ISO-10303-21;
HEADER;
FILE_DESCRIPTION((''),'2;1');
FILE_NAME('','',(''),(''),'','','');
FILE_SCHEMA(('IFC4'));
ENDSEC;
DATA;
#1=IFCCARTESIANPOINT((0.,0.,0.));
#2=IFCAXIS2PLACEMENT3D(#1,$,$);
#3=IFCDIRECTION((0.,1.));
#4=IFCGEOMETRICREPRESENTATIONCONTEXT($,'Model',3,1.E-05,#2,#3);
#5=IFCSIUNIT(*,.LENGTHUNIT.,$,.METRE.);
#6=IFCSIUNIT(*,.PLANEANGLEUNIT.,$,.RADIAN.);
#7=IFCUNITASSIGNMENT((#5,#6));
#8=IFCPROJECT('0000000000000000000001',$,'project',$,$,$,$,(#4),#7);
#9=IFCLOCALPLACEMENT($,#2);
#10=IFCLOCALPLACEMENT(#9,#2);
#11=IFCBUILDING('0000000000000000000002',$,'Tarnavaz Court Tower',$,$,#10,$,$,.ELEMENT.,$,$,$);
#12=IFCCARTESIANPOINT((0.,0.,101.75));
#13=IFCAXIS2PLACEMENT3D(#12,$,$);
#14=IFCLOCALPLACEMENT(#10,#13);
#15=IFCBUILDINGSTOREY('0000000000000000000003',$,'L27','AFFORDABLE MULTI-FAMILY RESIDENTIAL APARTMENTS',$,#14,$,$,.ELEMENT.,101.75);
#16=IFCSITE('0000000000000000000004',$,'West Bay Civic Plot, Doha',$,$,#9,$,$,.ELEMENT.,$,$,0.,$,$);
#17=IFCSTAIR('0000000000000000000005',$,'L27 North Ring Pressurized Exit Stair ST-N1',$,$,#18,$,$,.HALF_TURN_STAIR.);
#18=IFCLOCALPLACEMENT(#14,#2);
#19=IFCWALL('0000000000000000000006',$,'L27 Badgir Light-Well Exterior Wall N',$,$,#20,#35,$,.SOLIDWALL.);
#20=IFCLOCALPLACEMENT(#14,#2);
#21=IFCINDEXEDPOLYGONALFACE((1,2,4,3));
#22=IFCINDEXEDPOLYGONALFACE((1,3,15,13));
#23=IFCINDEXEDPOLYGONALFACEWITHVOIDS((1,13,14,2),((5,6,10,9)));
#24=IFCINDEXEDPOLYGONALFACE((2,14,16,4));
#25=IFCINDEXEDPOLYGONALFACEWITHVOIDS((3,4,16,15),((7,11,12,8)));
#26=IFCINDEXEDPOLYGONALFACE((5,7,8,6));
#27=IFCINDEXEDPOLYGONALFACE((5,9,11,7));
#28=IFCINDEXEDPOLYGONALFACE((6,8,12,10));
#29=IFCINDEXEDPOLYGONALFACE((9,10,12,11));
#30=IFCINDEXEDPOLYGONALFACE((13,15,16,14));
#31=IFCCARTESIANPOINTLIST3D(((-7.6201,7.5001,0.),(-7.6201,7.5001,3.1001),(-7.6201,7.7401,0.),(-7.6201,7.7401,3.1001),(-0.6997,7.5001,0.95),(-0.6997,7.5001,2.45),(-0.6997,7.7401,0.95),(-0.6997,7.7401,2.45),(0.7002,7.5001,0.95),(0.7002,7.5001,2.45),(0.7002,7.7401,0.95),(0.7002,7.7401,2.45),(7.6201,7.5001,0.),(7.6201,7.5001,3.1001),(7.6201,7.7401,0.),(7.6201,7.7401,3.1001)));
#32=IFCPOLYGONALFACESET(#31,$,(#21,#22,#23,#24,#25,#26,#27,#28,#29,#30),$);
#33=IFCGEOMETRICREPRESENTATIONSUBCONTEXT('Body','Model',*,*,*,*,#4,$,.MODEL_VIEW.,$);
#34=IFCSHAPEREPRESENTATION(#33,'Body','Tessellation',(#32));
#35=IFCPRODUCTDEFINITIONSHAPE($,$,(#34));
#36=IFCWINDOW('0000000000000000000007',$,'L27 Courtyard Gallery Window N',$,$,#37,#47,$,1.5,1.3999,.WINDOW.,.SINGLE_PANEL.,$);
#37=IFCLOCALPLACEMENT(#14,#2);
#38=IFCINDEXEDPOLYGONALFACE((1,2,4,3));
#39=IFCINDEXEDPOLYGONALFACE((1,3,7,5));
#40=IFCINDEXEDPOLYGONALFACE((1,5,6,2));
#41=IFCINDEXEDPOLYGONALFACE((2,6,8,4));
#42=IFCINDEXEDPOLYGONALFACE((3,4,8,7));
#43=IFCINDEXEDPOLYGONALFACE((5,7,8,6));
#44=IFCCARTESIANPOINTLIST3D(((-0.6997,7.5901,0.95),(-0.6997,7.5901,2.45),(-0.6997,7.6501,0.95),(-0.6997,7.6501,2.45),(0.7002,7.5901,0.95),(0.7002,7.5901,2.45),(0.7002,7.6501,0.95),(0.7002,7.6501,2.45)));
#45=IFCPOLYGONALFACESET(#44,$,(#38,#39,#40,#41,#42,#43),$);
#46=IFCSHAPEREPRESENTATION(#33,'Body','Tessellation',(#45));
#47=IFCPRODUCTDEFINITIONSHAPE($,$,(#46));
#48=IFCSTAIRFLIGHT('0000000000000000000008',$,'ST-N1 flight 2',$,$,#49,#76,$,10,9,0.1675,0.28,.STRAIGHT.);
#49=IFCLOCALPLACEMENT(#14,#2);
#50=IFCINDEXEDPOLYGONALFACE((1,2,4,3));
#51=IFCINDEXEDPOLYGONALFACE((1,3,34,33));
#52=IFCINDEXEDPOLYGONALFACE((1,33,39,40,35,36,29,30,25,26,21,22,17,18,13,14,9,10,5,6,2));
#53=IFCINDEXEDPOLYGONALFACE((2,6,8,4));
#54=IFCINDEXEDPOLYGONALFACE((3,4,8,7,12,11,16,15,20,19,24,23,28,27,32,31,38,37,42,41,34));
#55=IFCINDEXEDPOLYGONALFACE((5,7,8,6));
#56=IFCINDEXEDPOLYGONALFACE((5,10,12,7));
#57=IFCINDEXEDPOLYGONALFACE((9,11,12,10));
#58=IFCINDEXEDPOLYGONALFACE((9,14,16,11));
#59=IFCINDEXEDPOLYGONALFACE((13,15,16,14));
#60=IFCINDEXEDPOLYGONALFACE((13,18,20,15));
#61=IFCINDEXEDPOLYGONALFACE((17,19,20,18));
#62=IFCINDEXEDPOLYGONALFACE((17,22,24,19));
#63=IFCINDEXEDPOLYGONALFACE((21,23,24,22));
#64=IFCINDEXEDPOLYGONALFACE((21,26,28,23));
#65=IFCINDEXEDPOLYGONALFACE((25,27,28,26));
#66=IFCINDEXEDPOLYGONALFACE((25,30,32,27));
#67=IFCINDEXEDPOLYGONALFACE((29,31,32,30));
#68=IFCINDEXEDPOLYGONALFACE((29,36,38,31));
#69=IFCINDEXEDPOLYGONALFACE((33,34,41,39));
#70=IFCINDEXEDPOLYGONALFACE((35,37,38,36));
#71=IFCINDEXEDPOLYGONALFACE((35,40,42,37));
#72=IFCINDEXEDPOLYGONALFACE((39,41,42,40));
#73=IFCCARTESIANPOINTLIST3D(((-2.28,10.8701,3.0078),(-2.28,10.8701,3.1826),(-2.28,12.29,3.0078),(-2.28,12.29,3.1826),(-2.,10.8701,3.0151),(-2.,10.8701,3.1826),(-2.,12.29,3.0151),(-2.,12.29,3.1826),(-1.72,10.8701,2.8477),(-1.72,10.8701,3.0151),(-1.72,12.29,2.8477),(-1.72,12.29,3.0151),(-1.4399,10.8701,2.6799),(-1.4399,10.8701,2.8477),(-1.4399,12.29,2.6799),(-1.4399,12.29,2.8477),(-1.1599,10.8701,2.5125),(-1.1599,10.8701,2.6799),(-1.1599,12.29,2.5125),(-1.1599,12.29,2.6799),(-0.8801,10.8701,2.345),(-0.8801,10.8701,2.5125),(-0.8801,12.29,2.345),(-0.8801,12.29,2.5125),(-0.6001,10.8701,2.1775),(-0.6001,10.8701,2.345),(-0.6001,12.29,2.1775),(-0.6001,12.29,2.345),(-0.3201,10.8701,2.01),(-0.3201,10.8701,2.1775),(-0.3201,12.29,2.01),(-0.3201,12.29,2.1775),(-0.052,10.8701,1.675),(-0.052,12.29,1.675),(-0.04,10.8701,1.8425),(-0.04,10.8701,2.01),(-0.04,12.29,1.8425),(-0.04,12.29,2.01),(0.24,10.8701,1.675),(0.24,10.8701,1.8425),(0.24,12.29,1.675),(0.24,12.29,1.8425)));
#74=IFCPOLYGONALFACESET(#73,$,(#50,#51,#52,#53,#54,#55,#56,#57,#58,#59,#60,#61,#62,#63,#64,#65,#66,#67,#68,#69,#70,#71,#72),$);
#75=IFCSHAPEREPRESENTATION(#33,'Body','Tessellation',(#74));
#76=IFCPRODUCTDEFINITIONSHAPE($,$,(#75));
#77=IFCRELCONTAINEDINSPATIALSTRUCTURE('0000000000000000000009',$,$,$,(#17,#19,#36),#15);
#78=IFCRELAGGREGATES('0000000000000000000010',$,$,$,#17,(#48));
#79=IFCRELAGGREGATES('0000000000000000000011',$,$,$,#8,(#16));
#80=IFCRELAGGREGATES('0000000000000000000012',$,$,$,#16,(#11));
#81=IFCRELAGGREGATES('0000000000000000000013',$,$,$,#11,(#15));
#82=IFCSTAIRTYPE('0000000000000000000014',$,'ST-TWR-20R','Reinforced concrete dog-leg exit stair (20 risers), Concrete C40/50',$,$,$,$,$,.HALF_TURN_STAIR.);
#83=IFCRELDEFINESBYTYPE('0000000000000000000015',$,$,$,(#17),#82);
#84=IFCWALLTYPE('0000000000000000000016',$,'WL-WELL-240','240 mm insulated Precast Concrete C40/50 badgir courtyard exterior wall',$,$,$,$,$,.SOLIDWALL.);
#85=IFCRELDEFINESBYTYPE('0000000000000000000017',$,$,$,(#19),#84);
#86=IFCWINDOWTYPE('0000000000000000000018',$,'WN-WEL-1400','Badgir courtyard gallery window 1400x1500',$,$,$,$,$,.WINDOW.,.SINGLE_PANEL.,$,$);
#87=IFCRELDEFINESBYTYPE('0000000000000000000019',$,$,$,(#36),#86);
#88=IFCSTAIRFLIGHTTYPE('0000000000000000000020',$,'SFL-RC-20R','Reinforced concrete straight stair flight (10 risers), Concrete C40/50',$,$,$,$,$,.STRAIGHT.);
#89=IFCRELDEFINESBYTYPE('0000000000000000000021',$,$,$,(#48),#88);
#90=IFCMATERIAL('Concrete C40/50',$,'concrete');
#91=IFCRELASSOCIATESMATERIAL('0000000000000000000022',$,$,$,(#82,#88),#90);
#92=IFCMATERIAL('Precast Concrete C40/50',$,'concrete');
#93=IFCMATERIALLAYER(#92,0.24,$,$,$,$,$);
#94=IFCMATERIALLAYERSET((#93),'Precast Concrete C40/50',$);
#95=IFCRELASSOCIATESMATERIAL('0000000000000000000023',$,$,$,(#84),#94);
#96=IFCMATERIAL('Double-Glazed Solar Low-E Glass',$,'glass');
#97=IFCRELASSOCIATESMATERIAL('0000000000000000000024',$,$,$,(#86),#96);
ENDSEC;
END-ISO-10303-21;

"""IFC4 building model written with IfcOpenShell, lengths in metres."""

from ifc_helpers import new_model, si_unit, direction, frame, frame_2d, origin, place, context, subcontext, project, spatial, polyline, rectangle, outline, extrude, material, layer, layer_set, type_object, element, fill, aggregate, save


model = new_model("IFC4")

# Units and contexts
model_context = context("Model", 3, precision=1e-05, world=origin(), true_north=direction((0.0, 1.0)))
body_context = subcontext(model_context, "Body", "Model", "MODEL_VIEW")
ifc_project = project(units=[si_unit("LENGTHUNIT", "METRE"), si_unit("PLANEANGLEUNIT", "RADIAN")], contexts=[model_context])

# Site, building, storey
site_placement = place(None, origin())
site = spatial("IfcSite", under=ifc_project, at=site_placement, Name="West Bay Civic Plot, Doha", CompositionType="ELEMENT", RefElevation=0.0)
building_placement = place(site_placement, origin())
building = spatial("IfcBuilding", under=site, at=building_placement, Name="Tarnavaz Court Tower", CompositionType="ELEMENT")
storey_placement = place(building_placement, frame((0.0, 0.0, 101.75)))
storey = spatial("IfcBuildingStorey", under=building, at=storey_placement, Name="L27", Description="AFFORDABLE MULTI-FAMILY RESIDENTIAL APARTMENTS", CompositionType="ELEMENT", Elevation=101.75)

# Stair
ifc_material_1 = material(Name="Concrete C40/50", Category="concrete")
stair_type = type_object("IfcStairType", Name="ST-TWR-20R", Description="Reinforced concrete dog-leg exit stair (20 risers), Concrete C40/50", PredefinedType="HALF_TURN_STAIR", material=ifc_material_1)
stair_1_placement = place(storey_placement, origin())
stair_1 = element("IfcStair", 1, at=stair_1_placement, inside=storey, type_object=stair_type, Name="L27 North Ring Pressurized Exit Stair ST-N1", PredefinedType="HALF_TURN_STAIR")

# Wall, opening, window
ifc_material_2 = material(Name="Precast Concrete C40/50", Category="concrete")
ifc_layer_1 = layer(ifc_material_2, 0.24)
ifc_layer_set_1 = layer_set([ifc_layer_1], Name="Precast Concrete C40/50")
wall_type_1 = type_object("IfcWallType", Name="WL-WELL-240", Description="240 mm insulated Precast Concrete C40/50 badgir courtyard exterior wall", PredefinedType="SOLIDWALL", material=ifc_layer_set_1)
wall_1_placement = place(storey_placement, frame((7.6201, 7.6201, 0.0), z_axis=(0.0, 0.0, 1.0), x_axis=(-1.0, 0.0, 0.0)))
wall_1 = element("IfcWall", 2, at=wall_1_placement, inside=storey, type_object=wall_type_1, Name="L27 Badgir Light-Well Exterior Wall N", PredefinedType="SOLIDWALL", context=body_context, shape_type="SweptSolid", body=[
    extrude(rectangle(XDim=15.2402, YDim=0.24, at=frame_2d((7.6201, 0.0))), origin(), (0.0, 0.0, 1.0), 3.1001),
])
opening_1_placement = place(wall_1_placement, frame((6.9199, 0.0, 0.95)))
opening_1 = element("IfcOpeningElement", 3, at=opening_1_placement, cuts=wall_1, PredefinedType="OPENING", context=body_context, shape_type="SweptSolid", body=[
    extrude(rectangle(XDim=1.3999, YDim=1.5, at=frame_2d((0.7, 0.75))), frame((0.0, 0.1299, 0.0), z_axis=(0.0, -1.0, 0.0), x_axis=(1.0, 0.0, 0.0)), (0.0, 0.0, 1.0), 0.26),
])
ifc_material_3 = material(Name="Double-Glazed Solar Low-E Glass", Category="glass")
window_type = type_object("IfcWindowType", Name="WN-WEL-1400", Description="Badgir courtyard gallery window 1400x1500", PartitioningType="SINGLE_PANEL", PredefinedType="WINDOW", material=ifc_material_3)
window_placement = place(opening_1_placement, origin())
window = element("IfcWindow", 4, at=window_placement, inside=storey, type_object=window_type, Name="L27 Courtyard Gallery Window N", OverallHeight=1.5, OverallWidth=1.3999, PartitioningType="SINGLE_PANEL", PredefinedType="WINDOW", context=body_context, shape_type="SweptSolid", body=[
    extrude(rectangle(XDim=1.3999, YDim=1.5, at=frame_2d((0.7, 0.75))), frame((0.0, 0.03, 0.0), z_axis=(0.0, -1.0, 0.0), x_axis=(1.0, 0.0, 0.0)), (0.0, 0.0, 1.0), 0.0601),
])
fill(opening_1, window)

# Stair flight
stair_flight_type = type_object("IfcStairFlightType", Name="SFL-RC-20R", Description="Reinforced concrete straight stair flight (10 risers), Concrete C40/50", PredefinedType="STRAIGHT", material=ifc_material_1)
stair_flight_placement = place(storey_placement, frame((0.24, 11.5801, 1.675), z_axis=(0.0, 0.0, 1.0), x_axis=(-1.0, 0.0, 0.0)))
stair_flight = element("IfcStairFlight", 5, at=stair_flight_placement, type_object=stair_flight_type, Name="ST-N1 flight 2", NumberOfRisers=10, NumberOfTreads=9, PredefinedType="STRAIGHT", RiserHeight=0.1675, TreadLength=0.28, context=body_context, shape_type="SweptSolid", body=[
    extrude(outline(polyline([(0.0, 0.0), (0.0, 0.1675), (0.28, 0.1675), (0.28, 0.335), (0.5601, 0.335), (0.5601, 0.5024), (0.8401, 0.5024), (0.8401, 0.6699), (1.1201, 0.6699), (1.1201, 0.8374), (1.3999, 0.8374), (1.3999, 1.0049), (1.6799, 1.0049), (1.6799, 1.1726), (1.96, 1.1726), (1.96, 1.3401), (2.24, 1.3401), (2.24, 1.5076), (2.52, 1.5076), (2.52, 1.675), (2.52, 1.3328), (0.292, 0.0), (0.0, 0.0)])), frame((0.0, 0.71, 0.0), z_axis=(0.0, -1.0, 0.0), x_axis=(1.0, 0.0, 0.0)), (0.0, 0.0, 1.0), 1.4199),
])
aggregate(stair_1, [stair_flight])

save(model, "model.ifc")
